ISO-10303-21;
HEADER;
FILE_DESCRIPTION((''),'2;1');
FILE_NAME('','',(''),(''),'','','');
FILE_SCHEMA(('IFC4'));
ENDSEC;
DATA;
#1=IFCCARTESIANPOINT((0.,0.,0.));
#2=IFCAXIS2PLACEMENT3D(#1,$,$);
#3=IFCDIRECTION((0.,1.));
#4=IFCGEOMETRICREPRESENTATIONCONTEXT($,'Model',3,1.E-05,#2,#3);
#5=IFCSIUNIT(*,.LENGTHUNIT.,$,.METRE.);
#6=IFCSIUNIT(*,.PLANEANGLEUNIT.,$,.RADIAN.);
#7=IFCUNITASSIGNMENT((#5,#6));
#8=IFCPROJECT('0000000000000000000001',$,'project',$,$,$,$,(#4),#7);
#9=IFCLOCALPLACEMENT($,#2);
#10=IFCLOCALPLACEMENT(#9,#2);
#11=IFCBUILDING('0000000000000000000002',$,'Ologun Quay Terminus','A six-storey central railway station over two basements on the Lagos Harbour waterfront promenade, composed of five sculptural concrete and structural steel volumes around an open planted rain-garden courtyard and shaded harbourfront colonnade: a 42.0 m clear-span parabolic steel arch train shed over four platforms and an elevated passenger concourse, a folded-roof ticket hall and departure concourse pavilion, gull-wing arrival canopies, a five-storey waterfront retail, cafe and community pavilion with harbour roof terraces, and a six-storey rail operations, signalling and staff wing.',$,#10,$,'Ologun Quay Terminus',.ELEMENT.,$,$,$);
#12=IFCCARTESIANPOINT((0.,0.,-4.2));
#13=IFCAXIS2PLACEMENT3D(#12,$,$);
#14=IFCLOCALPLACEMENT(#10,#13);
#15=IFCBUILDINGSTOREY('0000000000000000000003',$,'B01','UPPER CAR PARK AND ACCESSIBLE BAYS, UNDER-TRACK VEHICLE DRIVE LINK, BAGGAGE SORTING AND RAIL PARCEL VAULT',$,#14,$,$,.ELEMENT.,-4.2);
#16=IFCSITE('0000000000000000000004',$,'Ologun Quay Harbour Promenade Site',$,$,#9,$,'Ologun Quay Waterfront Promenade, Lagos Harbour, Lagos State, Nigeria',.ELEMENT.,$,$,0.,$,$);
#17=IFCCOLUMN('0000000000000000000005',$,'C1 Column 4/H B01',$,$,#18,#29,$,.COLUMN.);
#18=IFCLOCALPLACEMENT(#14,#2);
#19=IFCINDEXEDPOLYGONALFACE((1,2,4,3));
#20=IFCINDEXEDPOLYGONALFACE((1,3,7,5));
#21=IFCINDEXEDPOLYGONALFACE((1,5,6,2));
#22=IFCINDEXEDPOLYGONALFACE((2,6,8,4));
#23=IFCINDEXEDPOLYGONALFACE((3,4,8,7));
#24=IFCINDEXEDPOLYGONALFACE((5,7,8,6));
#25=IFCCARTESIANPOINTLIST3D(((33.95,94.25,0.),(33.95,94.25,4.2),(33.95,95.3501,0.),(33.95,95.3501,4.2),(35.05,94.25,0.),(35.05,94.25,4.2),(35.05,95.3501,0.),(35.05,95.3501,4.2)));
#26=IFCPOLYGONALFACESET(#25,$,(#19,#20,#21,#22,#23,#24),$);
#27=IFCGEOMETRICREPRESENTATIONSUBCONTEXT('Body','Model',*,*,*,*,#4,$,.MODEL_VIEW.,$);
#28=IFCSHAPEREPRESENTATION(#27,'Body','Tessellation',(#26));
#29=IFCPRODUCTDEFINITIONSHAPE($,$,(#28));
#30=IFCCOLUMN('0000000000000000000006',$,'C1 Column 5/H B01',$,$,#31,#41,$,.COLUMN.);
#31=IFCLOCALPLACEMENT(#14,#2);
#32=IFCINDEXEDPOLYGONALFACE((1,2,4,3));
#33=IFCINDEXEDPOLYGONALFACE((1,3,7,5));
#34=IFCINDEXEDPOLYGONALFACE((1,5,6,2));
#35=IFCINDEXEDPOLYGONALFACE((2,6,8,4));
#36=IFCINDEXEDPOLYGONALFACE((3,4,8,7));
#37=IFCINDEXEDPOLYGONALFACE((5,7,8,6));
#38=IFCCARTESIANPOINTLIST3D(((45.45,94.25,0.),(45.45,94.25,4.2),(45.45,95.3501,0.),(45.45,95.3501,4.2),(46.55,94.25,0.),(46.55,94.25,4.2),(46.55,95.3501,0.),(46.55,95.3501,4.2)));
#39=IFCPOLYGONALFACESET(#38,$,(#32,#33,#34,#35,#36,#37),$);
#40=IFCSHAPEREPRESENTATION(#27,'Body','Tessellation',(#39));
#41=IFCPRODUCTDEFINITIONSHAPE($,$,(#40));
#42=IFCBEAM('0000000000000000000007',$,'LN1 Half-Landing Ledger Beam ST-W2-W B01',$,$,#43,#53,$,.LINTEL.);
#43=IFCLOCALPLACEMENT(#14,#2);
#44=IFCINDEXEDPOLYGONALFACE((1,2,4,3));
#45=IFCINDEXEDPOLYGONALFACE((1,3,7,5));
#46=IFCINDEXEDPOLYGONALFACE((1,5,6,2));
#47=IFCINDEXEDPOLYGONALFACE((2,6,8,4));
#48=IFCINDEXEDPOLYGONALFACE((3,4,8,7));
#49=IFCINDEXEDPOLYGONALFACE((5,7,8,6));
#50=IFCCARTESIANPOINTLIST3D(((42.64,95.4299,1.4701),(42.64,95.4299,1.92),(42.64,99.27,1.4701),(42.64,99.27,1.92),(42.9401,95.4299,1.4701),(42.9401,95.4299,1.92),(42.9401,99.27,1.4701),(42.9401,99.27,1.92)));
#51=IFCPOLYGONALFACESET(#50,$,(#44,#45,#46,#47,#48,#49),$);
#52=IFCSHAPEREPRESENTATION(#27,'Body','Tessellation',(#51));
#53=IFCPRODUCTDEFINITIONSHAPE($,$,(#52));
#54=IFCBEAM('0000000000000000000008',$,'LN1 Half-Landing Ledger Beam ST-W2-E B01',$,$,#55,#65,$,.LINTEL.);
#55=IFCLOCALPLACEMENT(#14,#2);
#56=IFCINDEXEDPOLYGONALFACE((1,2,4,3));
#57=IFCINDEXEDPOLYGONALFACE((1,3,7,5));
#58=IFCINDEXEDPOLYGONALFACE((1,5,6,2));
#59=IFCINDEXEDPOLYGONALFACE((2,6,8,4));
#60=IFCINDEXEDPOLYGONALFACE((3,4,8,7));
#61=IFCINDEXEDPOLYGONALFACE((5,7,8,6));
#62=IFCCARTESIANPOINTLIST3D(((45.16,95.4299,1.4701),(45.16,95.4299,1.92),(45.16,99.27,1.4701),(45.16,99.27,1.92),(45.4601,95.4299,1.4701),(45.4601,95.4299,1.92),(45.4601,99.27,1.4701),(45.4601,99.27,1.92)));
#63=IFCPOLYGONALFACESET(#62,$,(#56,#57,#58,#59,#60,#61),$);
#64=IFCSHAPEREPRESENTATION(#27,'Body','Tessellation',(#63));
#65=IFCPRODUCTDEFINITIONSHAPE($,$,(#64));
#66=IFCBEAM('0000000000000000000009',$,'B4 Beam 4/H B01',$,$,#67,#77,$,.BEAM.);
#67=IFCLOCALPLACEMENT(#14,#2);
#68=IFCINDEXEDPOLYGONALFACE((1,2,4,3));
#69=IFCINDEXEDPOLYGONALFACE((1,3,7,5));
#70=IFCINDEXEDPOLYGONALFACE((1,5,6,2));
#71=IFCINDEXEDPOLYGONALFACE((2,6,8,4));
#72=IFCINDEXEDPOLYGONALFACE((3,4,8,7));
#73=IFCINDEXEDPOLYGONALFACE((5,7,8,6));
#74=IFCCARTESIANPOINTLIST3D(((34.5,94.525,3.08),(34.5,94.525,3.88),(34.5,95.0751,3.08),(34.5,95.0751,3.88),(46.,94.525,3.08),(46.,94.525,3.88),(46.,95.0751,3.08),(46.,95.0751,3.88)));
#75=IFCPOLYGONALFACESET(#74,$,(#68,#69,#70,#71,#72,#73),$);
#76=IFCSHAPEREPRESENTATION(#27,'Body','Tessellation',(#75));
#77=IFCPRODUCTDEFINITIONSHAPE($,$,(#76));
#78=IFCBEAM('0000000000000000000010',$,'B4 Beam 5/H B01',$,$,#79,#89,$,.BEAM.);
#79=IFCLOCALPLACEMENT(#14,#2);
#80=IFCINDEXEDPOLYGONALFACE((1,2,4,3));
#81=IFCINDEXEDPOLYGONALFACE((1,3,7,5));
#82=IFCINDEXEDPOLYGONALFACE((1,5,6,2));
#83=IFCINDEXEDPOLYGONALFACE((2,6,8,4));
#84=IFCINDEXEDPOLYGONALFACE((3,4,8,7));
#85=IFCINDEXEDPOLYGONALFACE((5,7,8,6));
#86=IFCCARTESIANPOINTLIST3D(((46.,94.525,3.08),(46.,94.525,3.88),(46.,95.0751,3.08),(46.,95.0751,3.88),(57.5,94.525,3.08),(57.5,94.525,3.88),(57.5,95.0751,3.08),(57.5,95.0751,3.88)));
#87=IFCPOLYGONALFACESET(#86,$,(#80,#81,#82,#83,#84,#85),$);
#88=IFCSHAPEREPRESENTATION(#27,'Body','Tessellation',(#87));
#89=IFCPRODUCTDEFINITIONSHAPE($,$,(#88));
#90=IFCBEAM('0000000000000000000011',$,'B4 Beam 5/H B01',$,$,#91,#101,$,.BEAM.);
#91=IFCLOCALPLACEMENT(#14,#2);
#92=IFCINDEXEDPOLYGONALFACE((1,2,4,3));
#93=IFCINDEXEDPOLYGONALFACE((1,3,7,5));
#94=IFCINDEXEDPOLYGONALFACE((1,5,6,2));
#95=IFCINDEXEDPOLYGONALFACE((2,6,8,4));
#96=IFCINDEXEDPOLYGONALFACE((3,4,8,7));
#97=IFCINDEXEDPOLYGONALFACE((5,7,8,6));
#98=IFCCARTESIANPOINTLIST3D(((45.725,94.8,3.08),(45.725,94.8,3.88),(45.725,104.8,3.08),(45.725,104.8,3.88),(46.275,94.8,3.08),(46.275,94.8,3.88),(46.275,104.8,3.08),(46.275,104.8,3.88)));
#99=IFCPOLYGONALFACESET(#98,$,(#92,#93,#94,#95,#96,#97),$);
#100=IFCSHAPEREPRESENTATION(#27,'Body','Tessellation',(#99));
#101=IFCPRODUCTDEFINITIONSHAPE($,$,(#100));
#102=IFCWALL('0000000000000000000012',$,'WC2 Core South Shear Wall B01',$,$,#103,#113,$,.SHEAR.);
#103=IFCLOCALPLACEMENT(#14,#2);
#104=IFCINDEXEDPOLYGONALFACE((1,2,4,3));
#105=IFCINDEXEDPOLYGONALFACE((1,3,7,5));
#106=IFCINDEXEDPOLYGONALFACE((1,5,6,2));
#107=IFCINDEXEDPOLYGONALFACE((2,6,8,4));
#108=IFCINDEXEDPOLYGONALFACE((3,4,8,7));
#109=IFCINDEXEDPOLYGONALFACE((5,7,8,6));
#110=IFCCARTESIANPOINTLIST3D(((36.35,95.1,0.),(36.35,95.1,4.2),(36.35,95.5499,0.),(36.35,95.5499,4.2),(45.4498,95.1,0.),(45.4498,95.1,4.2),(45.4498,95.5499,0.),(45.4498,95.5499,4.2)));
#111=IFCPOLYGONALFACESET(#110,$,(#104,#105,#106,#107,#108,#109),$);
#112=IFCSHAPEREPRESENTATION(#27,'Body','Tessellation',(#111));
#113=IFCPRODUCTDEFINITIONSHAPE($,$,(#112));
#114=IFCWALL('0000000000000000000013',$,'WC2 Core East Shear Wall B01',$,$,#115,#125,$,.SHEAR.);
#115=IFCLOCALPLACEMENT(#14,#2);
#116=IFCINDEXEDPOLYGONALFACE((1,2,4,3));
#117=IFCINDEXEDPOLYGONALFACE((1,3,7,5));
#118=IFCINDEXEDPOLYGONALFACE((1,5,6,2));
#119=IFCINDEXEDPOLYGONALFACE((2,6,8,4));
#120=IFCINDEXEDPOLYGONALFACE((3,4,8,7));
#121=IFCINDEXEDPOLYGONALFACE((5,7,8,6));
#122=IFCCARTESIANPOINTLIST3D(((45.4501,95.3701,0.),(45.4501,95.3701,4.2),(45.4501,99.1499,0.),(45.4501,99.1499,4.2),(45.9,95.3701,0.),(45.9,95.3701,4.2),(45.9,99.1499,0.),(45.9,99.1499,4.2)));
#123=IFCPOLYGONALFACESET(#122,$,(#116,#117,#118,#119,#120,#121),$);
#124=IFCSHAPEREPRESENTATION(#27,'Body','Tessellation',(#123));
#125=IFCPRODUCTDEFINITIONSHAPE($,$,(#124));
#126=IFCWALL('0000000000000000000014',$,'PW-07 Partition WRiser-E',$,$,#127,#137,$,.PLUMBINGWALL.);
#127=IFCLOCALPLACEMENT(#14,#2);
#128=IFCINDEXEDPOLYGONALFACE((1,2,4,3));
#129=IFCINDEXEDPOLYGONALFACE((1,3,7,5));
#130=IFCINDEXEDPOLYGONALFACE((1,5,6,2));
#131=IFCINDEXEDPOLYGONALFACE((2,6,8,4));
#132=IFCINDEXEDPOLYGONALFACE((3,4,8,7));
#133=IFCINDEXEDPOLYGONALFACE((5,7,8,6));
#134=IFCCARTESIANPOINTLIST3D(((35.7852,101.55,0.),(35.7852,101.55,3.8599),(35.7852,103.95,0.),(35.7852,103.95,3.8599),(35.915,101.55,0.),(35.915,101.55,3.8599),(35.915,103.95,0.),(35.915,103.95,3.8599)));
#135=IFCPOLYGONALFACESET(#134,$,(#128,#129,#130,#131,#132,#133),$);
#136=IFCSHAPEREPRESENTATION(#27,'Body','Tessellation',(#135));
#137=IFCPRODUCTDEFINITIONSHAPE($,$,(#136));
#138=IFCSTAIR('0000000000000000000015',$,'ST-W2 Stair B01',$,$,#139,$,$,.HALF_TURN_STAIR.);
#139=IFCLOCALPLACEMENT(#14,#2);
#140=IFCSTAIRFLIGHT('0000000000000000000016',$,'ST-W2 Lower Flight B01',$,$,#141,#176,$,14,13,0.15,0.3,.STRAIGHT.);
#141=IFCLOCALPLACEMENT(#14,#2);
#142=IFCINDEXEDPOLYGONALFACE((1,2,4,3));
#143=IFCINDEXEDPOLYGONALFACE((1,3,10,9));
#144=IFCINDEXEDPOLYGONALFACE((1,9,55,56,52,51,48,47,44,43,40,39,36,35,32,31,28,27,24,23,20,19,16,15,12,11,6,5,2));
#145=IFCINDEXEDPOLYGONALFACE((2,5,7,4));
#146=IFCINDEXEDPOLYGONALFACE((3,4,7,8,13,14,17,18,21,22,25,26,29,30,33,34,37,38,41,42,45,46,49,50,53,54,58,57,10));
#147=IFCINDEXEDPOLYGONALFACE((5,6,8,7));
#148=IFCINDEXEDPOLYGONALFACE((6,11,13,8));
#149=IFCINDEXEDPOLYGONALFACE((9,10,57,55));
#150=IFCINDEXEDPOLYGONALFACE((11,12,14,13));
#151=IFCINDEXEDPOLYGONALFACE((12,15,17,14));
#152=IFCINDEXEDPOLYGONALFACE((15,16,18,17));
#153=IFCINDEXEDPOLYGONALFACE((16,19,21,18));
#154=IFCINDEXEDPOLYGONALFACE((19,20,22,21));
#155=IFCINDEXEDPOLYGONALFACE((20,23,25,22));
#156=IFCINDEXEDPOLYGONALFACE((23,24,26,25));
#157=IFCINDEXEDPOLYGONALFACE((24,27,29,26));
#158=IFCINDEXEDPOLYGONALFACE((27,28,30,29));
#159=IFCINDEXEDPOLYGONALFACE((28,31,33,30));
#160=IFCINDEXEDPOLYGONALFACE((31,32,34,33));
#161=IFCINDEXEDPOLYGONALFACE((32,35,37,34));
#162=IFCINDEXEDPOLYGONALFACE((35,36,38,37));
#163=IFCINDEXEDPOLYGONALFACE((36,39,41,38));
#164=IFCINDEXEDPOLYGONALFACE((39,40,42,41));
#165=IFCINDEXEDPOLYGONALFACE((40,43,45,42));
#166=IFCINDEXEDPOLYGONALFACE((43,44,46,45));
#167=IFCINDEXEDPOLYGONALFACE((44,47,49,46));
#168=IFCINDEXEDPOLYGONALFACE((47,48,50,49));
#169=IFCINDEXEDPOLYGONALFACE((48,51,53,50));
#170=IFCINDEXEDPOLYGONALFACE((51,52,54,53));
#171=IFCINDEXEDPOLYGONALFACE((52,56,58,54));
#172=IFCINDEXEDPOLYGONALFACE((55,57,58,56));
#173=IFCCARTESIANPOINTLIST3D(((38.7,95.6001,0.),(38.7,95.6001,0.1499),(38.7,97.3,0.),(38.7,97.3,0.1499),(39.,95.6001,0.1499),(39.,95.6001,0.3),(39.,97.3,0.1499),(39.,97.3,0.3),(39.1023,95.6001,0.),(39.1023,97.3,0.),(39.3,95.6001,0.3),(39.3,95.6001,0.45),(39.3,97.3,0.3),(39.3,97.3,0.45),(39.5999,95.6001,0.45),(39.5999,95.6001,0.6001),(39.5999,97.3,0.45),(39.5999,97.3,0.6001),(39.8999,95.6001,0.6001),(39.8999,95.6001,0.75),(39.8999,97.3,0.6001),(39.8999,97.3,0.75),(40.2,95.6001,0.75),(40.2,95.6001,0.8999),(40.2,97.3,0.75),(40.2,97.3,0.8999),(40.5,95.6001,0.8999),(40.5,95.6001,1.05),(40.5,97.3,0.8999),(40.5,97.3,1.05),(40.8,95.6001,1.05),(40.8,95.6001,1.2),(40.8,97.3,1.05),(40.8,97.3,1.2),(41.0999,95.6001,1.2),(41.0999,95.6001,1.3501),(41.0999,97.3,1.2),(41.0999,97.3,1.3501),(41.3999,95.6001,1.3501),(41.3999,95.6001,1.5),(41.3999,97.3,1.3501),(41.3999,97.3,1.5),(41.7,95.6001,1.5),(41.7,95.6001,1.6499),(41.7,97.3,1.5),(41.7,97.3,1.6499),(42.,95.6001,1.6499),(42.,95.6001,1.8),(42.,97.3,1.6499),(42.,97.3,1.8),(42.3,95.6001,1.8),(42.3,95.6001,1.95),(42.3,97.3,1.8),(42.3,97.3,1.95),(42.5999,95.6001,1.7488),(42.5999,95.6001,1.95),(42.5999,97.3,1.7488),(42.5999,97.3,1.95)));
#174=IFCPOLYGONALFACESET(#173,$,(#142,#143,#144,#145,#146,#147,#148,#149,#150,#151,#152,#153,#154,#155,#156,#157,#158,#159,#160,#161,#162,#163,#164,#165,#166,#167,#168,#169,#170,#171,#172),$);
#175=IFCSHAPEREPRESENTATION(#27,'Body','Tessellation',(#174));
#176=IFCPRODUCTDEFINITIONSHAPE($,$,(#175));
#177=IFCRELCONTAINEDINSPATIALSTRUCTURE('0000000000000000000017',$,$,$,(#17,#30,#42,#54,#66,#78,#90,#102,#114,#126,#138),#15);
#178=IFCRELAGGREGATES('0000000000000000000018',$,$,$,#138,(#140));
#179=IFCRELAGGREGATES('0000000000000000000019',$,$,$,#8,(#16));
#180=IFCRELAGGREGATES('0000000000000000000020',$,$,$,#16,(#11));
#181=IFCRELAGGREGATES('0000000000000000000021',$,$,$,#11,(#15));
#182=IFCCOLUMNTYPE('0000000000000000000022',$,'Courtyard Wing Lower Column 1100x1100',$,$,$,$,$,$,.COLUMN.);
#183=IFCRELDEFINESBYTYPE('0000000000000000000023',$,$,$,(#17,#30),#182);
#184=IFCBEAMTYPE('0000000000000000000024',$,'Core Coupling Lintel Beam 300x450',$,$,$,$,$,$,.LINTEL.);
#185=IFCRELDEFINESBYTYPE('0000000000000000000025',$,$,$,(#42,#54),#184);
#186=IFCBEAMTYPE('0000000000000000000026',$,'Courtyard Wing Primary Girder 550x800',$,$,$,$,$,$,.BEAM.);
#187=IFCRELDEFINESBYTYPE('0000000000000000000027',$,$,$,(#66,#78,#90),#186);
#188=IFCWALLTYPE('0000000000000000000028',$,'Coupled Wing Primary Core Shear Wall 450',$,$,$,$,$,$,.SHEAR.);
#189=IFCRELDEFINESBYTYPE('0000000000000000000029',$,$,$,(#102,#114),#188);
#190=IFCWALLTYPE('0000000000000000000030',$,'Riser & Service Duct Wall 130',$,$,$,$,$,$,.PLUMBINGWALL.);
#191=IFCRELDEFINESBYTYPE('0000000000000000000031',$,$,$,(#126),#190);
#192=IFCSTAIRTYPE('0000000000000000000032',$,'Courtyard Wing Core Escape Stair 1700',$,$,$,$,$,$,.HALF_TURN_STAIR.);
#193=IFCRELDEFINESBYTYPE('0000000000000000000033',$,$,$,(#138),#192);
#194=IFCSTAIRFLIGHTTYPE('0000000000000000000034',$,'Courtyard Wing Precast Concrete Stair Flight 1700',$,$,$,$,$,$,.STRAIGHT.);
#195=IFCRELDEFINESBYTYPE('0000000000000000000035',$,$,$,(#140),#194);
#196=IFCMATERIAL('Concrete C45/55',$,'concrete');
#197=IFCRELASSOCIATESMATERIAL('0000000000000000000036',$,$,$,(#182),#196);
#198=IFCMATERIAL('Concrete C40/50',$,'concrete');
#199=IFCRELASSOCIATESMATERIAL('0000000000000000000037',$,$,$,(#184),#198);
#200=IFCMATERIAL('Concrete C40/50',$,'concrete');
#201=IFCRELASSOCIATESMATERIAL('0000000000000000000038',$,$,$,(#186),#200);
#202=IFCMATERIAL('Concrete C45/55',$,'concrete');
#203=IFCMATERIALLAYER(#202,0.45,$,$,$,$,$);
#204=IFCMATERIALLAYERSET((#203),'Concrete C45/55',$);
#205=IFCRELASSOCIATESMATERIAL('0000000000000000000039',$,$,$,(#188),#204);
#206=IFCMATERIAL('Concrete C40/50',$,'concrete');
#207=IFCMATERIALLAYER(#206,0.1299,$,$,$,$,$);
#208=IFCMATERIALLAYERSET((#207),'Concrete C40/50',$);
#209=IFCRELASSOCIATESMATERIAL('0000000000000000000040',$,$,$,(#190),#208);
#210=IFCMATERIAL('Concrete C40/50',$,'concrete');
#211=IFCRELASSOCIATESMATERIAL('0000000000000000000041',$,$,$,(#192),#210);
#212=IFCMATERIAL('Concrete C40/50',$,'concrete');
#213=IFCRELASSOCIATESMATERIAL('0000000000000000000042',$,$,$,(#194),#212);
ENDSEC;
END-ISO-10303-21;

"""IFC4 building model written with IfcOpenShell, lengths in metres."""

from ifc_helpers import new_model, si_unit, direction, frame, frame_2d, origin, origin_2d, place, context, subcontext, project, spatial, polyline, rectangle, outline, extrude, material, layer, layer_set, material_profile, profile_set, type_object, element, aggregate, save


model = new_model("IFC4")

# Units and contexts
model_context = context("Model", 3, precision=1e-05, world=origin(), true_north=direction((0.0, 1.0)))
body_context = subcontext(model_context, "Body", "Model", "MODEL_VIEW")
ifc_project = project(units=[si_unit("LENGTHUNIT", "METRE"), si_unit("PLANEANGLEUNIT", "RADIAN")], contexts=[model_context])

# Site, building, storey
site_placement = place(None, origin())
site = spatial("IfcSite", under=ifc_project, at=site_placement, Name="Ologun Quay Harbour Promenade Site", LongName="Ologun Quay Waterfront Promenade, Lagos Harbour, Lagos State, Nigeria", CompositionType="ELEMENT", RefElevation=0.0)
building_placement = place(site_placement, origin())
building = spatial("IfcBuilding", under=site, at=building_placement, Name="Ologun Quay Terminus", Description="A six-storey central railway station over two basements on the Lagos Harbour waterfront promenade, composed of five sculptural concrete and structural steel volumes around an open planted rain-garden courtyard and shaded harbourfront colonnade: a 42.0 m clear-span parabolic steel arch train shed over four platforms and an elevated passenger concourse, a folded-roof ticket hall and departure concourse pavilion, gull-wing arrival canopies, a five-storey waterfront retail, cafe and community pavilion with harbour roof terraces, and a six-storey rail operations, signalling and staff wing.", LongName="Ologun Quay Terminus", CompositionType="ELEMENT")
storey_placement = place(building_placement, frame((0.0, 0.0, -4.2)))
storey = spatial("IfcBuildingStorey", under=building, at=storey_placement, Name="B01", Description="UPPER CAR PARK AND ACCESSIBLE BAYS, UNDER-TRACK VEHICLE DRIVE LINK, BAGGAGE SORTING AND RAIL PARCEL VAULT", CompositionType="ELEMENT", Elevation=-4.2)

# Columns
ifc_material_1 = material(Name="Concrete C45/55", Category="concrete")
ifc_material_profile_1 = material_profile(ifc_material_1, rectangle(XDim=1.1001, YDim=1.1001, at=origin_2d()), Name="RC 1100x1100")
ifc_profile_set_1 = profile_set([ifc_material_profile_1], Name="Concrete C45/55")
column_type = type_object("IfcColumnType", Name="Courtyard Wing Lower Column 1100x1100", PredefinedType="COLUMN", material=ifc_profile_set_1)
for number, where, z_axis, x_axis, name in (
    (1, (34.5, 94.8, 0.0), (0.0, 0.0, 1.0), (1.0, 0.0, 0.0), "C1 Column 4/H B01"),
    (2, (46.0, 94.8, 0.0), (0.0, 0.0, 1.0), (1.0, 0.0, 0.0), "C1 Column 5/H B01"),
):
    element("IfcColumn", number, at=place(storey_placement, frame(where, z_axis=z_axis, x_axis=x_axis)), inside=storey, type_object=column_type, Name=name, PredefinedType="COLUMN", context=body_context, shape_type="SweptSolid", body=[
        extrude(rectangle(XDim=1.1001, YDim=1.1001, at=origin_2d()), origin(), (0.0, 0.0, 1.0), 4.2),
    ])

# Beams
ifc_material_2 = material(Name="Concrete C40/50", Category="concrete")
ifc_material_profile_2 = material_profile(ifc_material_2, rectangle(XDim=0.3, YDim=0.45, at=origin_2d()), Name="RC 300x450")
ifc_profile_set_2 = profile_set([ifc_material_profile_2], Name="Concrete C40/50")
beam_type_1 = type_object("IfcBeamType", Name="Core Coupling Lintel Beam 300x450", PredefinedType="LINTEL", material=ifc_profile_set_2)
for number, where, z_axis, x_axis, name in (
    (3, (42.79, 95.4299, 1.6951), (0.0, 1.0, 0.0), (-1.0, 0.0, 0.0), "LN1 Half-Landing Ledger Beam ST-W2-W B01"),
    (4, (45.3101, 95.4299, 1.6951), (0.0, 1.0, 0.0), (-1.0, 0.0, 0.0), "LN1 Half-Landing Ledger Beam ST-W2-E B01"),
):
    element("IfcBeam", number, at=place(storey_placement, frame(where, z_axis=z_axis, x_axis=x_axis)), inside=storey, type_object=beam_type_1, Name=name, PredefinedType="LINTEL", context=body_context, shape_type="SweptSolid", body=[
        extrude(rectangle(XDim=0.3, YDim=0.45, at=origin_2d()), origin(), (0.0, 0.0, 1.0), 3.8401),
    ])
ifc_material_3 = material(Name="Concrete C40/50", Category="concrete")
ifc_material_profile_3 = material_profile(ifc_material_3, rectangle(XDim=0.55, YDim=0.8, at=origin_2d()), Name="RC 550x800")
ifc_profile_set_3 = profile_set([ifc_material_profile_3], Name="Concrete C40/50")
beam_type_2 = type_object("IfcBeamType", Name="Courtyard Wing Primary Girder 550x800", PredefinedType="BEAM", material=ifc_profile_set_3)
for number, where, z_axis, x_axis, name in (
    (5, (34.5, 94.8, 3.48), (1.0, 0.0, 0.0), (0.0, 1.0, 0.0), "B4 Beam 4/H B01"),
    (6, (46.0, 94.8, 3.48), (1.0, 0.0, 0.0), (0.0, 1.0, 0.0), "B4 Beam 5/H B01"),
):
    element("IfcBeam", number, at=place(storey_placement, frame(where, z_axis=z_axis, x_axis=x_axis)), inside=storey, type_object=beam_type_2, Name=name, PredefinedType="BEAM", context=body_context, shape_type="SweptSolid", body=[
        extrude(rectangle(XDim=0.55, YDim=0.8, at=origin_2d()), origin(), (0.0, 0.0, 1.0), 11.5),
    ])
beam_placement = place(storey_placement, frame((46.0, 94.8, 3.48), z_axis=(0.0, 1.0, 0.0), x_axis=(-1.0, 0.0, 0.0)))
element("IfcBeam", 7, at=beam_placement, inside=storey, type_object=beam_type_2, Name="B4 Beam 5/H B01", PredefinedType="BEAM", context=body_context, shape_type="SweptSolid", body=[
    extrude(rectangle(XDim=0.55, YDim=0.8, at=origin_2d()), origin(), (0.0, 0.0, 1.0), 10.0),
])

# Wall
ifc_material_4 = material(Name="Concrete C45/55", Category="concrete")
ifc_layer_1 = layer(ifc_material_4, 0.45)
ifc_layer_set_1 = layer_set([ifc_layer_1], Name="Concrete C45/55")
wall_type_1 = type_object("IfcWallType", Name="Coupled Wing Primary Core Shear Wall 450", PredefinedType="SHEAR", material=ifc_layer_set_1)
wall_1_placement = place(storey_placement, frame((36.3501, 95.325, 0.0), z_axis=(0.0, 0.0, 1.0), x_axis=(1.0, 0.0, 0.0)))
element("IfcWall", 8, at=wall_1_placement, inside=storey, type_object=wall_type_1, Name="WC2 Core South Shear Wall B01", PredefinedType="SHEAR", context=body_context, shape_type="SweptSolid", body=[
    extrude(rectangle(XDim=9.0999, YDim=0.45, at=frame_2d((4.5498, 0.0))), origin(), (0.0, 0.0, 1.0), 4.2),
])

# Wall
wall_2_placement = place(storey_placement, frame((45.675, 95.3701, 0.0), z_axis=(0.0, 0.0, 1.0), x_axis=(0.0, 1.0, 0.0)))
element("IfcWall", 9, at=wall_2_placement, inside=storey, type_object=wall_type_1, Name="WC2 Core East Shear Wall B01", PredefinedType="SHEAR", context=body_context, shape_type="SweptSolid", body=[
    extrude(rectangle(XDim=3.7798, YDim=0.45, at=frame_2d((1.8899, 0.0))), origin(), (0.0, 0.0, 1.0), 4.2),
])

# Wall
ifc_material_5 = material(Name="Concrete C40/50", Category="concrete")
ifc_layer_2 = layer(ifc_material_5, 0.1299)
ifc_layer_set_2 = layer_set([ifc_layer_2], Name="Concrete C40/50")
wall_type_2 = type_object("IfcWallType", Name="Riser & Service Duct Wall 130", PredefinedType="PLUMBINGWALL", material=ifc_layer_set_2)
wall_3_placement = place(storey_placement, frame((35.8501, 101.55, 0.0), z_axis=(0.0, 0.0, 1.0), x_axis=(0.0, 1.0, 0.0)))
element("IfcWall", 10, at=wall_3_placement, inside=storey, type_object=wall_type_2, Name="PW-07 Partition WRiser-E", PredefinedType="PLUMBINGWALL", context=body_context, shape_type="SweptSolid", body=[
    extrude(rectangle(XDim=2.3999, YDim=0.1299, at=frame_2d((1.2, 0.0))), origin(), (0.0, 0.0, 1.0), 3.8599),
])

# Stair, stair flight
ifc_material_6 = material(Name="Concrete C40/50", Category="concrete")
stair_type = type_object("IfcStairType", Name="Courtyard Wing Core Escape Stair 1700", PredefinedType="HALF_TURN_STAIR", material=ifc_material_6)
stair_placement = place(storey_placement, origin())
stair = element("IfcStair", 11, at=stair_placement, inside=storey, type_object=stair_type, Name="ST-W2 Stair B01", PredefinedType="HALF_TURN_STAIR")
ifc_material_7 = material(Name="Concrete C40/50", Category="concrete")
stair_flight_type = type_object("IfcStairFlightType", Name="Courtyard Wing Precast Concrete Stair Flight 1700", PredefinedType="STRAIGHT", material=ifc_material_7)
stair_flight_1_placement = place(storey_placement, frame((38.7, 96.45, 0.0), z_axis=(0.0, 0.0, 1.0), x_axis=(1.0, 0.0, 0.0)))
stair_flight_1 = element("IfcStairFlight", 12, at=stair_flight_1_placement, type_object=stair_flight_type, Name="ST-W2 Lower Flight B01", NumberOfRisers=14, NumberOfTreads=13, PredefinedType="STRAIGHT", RiserHeight=0.15, TreadLength=0.3, context=body_context, shape_type="SweptSolid", body=[
    extrude(outline(polyline([(0.0, 0.0), (0.0, 0.1499), (0.3, 0.1499), (0.3, 0.3), (0.6001, 0.3), (0.6001, 0.45), (0.8999, 0.45), (0.8999, 0.6001), (1.2, 0.6001), (1.2, 0.75), (1.5, 0.75), (1.5, 0.8999), (1.8, 0.8999), (1.8, 1.05), (2.1001, 1.05), (2.1001, 1.2), (2.3999, 1.2), (2.3999, 1.3501), (2.7, 1.3501), (2.7, 1.5), (3.0, 1.5), (3.0, 1.6499), (3.3, 1.6499), (3.3, 1.8), (3.6001, 1.8), (3.6001, 1.95), (3.8999, 1.95), (3.8999, 2.1001), (3.8999, 1.7488), (0.4023, 0.0), (0.0, 0.0)])), frame((0.0, 0.8501, 0.0), z_axis=(0.0, -1.0, 0.0), x_axis=(1.0, 0.0, 0.0)), (0.0, 0.0, 1.0), 1.7),
])
aggregate(stair, [stair_flight_1])

save(model, "model.ifc")
